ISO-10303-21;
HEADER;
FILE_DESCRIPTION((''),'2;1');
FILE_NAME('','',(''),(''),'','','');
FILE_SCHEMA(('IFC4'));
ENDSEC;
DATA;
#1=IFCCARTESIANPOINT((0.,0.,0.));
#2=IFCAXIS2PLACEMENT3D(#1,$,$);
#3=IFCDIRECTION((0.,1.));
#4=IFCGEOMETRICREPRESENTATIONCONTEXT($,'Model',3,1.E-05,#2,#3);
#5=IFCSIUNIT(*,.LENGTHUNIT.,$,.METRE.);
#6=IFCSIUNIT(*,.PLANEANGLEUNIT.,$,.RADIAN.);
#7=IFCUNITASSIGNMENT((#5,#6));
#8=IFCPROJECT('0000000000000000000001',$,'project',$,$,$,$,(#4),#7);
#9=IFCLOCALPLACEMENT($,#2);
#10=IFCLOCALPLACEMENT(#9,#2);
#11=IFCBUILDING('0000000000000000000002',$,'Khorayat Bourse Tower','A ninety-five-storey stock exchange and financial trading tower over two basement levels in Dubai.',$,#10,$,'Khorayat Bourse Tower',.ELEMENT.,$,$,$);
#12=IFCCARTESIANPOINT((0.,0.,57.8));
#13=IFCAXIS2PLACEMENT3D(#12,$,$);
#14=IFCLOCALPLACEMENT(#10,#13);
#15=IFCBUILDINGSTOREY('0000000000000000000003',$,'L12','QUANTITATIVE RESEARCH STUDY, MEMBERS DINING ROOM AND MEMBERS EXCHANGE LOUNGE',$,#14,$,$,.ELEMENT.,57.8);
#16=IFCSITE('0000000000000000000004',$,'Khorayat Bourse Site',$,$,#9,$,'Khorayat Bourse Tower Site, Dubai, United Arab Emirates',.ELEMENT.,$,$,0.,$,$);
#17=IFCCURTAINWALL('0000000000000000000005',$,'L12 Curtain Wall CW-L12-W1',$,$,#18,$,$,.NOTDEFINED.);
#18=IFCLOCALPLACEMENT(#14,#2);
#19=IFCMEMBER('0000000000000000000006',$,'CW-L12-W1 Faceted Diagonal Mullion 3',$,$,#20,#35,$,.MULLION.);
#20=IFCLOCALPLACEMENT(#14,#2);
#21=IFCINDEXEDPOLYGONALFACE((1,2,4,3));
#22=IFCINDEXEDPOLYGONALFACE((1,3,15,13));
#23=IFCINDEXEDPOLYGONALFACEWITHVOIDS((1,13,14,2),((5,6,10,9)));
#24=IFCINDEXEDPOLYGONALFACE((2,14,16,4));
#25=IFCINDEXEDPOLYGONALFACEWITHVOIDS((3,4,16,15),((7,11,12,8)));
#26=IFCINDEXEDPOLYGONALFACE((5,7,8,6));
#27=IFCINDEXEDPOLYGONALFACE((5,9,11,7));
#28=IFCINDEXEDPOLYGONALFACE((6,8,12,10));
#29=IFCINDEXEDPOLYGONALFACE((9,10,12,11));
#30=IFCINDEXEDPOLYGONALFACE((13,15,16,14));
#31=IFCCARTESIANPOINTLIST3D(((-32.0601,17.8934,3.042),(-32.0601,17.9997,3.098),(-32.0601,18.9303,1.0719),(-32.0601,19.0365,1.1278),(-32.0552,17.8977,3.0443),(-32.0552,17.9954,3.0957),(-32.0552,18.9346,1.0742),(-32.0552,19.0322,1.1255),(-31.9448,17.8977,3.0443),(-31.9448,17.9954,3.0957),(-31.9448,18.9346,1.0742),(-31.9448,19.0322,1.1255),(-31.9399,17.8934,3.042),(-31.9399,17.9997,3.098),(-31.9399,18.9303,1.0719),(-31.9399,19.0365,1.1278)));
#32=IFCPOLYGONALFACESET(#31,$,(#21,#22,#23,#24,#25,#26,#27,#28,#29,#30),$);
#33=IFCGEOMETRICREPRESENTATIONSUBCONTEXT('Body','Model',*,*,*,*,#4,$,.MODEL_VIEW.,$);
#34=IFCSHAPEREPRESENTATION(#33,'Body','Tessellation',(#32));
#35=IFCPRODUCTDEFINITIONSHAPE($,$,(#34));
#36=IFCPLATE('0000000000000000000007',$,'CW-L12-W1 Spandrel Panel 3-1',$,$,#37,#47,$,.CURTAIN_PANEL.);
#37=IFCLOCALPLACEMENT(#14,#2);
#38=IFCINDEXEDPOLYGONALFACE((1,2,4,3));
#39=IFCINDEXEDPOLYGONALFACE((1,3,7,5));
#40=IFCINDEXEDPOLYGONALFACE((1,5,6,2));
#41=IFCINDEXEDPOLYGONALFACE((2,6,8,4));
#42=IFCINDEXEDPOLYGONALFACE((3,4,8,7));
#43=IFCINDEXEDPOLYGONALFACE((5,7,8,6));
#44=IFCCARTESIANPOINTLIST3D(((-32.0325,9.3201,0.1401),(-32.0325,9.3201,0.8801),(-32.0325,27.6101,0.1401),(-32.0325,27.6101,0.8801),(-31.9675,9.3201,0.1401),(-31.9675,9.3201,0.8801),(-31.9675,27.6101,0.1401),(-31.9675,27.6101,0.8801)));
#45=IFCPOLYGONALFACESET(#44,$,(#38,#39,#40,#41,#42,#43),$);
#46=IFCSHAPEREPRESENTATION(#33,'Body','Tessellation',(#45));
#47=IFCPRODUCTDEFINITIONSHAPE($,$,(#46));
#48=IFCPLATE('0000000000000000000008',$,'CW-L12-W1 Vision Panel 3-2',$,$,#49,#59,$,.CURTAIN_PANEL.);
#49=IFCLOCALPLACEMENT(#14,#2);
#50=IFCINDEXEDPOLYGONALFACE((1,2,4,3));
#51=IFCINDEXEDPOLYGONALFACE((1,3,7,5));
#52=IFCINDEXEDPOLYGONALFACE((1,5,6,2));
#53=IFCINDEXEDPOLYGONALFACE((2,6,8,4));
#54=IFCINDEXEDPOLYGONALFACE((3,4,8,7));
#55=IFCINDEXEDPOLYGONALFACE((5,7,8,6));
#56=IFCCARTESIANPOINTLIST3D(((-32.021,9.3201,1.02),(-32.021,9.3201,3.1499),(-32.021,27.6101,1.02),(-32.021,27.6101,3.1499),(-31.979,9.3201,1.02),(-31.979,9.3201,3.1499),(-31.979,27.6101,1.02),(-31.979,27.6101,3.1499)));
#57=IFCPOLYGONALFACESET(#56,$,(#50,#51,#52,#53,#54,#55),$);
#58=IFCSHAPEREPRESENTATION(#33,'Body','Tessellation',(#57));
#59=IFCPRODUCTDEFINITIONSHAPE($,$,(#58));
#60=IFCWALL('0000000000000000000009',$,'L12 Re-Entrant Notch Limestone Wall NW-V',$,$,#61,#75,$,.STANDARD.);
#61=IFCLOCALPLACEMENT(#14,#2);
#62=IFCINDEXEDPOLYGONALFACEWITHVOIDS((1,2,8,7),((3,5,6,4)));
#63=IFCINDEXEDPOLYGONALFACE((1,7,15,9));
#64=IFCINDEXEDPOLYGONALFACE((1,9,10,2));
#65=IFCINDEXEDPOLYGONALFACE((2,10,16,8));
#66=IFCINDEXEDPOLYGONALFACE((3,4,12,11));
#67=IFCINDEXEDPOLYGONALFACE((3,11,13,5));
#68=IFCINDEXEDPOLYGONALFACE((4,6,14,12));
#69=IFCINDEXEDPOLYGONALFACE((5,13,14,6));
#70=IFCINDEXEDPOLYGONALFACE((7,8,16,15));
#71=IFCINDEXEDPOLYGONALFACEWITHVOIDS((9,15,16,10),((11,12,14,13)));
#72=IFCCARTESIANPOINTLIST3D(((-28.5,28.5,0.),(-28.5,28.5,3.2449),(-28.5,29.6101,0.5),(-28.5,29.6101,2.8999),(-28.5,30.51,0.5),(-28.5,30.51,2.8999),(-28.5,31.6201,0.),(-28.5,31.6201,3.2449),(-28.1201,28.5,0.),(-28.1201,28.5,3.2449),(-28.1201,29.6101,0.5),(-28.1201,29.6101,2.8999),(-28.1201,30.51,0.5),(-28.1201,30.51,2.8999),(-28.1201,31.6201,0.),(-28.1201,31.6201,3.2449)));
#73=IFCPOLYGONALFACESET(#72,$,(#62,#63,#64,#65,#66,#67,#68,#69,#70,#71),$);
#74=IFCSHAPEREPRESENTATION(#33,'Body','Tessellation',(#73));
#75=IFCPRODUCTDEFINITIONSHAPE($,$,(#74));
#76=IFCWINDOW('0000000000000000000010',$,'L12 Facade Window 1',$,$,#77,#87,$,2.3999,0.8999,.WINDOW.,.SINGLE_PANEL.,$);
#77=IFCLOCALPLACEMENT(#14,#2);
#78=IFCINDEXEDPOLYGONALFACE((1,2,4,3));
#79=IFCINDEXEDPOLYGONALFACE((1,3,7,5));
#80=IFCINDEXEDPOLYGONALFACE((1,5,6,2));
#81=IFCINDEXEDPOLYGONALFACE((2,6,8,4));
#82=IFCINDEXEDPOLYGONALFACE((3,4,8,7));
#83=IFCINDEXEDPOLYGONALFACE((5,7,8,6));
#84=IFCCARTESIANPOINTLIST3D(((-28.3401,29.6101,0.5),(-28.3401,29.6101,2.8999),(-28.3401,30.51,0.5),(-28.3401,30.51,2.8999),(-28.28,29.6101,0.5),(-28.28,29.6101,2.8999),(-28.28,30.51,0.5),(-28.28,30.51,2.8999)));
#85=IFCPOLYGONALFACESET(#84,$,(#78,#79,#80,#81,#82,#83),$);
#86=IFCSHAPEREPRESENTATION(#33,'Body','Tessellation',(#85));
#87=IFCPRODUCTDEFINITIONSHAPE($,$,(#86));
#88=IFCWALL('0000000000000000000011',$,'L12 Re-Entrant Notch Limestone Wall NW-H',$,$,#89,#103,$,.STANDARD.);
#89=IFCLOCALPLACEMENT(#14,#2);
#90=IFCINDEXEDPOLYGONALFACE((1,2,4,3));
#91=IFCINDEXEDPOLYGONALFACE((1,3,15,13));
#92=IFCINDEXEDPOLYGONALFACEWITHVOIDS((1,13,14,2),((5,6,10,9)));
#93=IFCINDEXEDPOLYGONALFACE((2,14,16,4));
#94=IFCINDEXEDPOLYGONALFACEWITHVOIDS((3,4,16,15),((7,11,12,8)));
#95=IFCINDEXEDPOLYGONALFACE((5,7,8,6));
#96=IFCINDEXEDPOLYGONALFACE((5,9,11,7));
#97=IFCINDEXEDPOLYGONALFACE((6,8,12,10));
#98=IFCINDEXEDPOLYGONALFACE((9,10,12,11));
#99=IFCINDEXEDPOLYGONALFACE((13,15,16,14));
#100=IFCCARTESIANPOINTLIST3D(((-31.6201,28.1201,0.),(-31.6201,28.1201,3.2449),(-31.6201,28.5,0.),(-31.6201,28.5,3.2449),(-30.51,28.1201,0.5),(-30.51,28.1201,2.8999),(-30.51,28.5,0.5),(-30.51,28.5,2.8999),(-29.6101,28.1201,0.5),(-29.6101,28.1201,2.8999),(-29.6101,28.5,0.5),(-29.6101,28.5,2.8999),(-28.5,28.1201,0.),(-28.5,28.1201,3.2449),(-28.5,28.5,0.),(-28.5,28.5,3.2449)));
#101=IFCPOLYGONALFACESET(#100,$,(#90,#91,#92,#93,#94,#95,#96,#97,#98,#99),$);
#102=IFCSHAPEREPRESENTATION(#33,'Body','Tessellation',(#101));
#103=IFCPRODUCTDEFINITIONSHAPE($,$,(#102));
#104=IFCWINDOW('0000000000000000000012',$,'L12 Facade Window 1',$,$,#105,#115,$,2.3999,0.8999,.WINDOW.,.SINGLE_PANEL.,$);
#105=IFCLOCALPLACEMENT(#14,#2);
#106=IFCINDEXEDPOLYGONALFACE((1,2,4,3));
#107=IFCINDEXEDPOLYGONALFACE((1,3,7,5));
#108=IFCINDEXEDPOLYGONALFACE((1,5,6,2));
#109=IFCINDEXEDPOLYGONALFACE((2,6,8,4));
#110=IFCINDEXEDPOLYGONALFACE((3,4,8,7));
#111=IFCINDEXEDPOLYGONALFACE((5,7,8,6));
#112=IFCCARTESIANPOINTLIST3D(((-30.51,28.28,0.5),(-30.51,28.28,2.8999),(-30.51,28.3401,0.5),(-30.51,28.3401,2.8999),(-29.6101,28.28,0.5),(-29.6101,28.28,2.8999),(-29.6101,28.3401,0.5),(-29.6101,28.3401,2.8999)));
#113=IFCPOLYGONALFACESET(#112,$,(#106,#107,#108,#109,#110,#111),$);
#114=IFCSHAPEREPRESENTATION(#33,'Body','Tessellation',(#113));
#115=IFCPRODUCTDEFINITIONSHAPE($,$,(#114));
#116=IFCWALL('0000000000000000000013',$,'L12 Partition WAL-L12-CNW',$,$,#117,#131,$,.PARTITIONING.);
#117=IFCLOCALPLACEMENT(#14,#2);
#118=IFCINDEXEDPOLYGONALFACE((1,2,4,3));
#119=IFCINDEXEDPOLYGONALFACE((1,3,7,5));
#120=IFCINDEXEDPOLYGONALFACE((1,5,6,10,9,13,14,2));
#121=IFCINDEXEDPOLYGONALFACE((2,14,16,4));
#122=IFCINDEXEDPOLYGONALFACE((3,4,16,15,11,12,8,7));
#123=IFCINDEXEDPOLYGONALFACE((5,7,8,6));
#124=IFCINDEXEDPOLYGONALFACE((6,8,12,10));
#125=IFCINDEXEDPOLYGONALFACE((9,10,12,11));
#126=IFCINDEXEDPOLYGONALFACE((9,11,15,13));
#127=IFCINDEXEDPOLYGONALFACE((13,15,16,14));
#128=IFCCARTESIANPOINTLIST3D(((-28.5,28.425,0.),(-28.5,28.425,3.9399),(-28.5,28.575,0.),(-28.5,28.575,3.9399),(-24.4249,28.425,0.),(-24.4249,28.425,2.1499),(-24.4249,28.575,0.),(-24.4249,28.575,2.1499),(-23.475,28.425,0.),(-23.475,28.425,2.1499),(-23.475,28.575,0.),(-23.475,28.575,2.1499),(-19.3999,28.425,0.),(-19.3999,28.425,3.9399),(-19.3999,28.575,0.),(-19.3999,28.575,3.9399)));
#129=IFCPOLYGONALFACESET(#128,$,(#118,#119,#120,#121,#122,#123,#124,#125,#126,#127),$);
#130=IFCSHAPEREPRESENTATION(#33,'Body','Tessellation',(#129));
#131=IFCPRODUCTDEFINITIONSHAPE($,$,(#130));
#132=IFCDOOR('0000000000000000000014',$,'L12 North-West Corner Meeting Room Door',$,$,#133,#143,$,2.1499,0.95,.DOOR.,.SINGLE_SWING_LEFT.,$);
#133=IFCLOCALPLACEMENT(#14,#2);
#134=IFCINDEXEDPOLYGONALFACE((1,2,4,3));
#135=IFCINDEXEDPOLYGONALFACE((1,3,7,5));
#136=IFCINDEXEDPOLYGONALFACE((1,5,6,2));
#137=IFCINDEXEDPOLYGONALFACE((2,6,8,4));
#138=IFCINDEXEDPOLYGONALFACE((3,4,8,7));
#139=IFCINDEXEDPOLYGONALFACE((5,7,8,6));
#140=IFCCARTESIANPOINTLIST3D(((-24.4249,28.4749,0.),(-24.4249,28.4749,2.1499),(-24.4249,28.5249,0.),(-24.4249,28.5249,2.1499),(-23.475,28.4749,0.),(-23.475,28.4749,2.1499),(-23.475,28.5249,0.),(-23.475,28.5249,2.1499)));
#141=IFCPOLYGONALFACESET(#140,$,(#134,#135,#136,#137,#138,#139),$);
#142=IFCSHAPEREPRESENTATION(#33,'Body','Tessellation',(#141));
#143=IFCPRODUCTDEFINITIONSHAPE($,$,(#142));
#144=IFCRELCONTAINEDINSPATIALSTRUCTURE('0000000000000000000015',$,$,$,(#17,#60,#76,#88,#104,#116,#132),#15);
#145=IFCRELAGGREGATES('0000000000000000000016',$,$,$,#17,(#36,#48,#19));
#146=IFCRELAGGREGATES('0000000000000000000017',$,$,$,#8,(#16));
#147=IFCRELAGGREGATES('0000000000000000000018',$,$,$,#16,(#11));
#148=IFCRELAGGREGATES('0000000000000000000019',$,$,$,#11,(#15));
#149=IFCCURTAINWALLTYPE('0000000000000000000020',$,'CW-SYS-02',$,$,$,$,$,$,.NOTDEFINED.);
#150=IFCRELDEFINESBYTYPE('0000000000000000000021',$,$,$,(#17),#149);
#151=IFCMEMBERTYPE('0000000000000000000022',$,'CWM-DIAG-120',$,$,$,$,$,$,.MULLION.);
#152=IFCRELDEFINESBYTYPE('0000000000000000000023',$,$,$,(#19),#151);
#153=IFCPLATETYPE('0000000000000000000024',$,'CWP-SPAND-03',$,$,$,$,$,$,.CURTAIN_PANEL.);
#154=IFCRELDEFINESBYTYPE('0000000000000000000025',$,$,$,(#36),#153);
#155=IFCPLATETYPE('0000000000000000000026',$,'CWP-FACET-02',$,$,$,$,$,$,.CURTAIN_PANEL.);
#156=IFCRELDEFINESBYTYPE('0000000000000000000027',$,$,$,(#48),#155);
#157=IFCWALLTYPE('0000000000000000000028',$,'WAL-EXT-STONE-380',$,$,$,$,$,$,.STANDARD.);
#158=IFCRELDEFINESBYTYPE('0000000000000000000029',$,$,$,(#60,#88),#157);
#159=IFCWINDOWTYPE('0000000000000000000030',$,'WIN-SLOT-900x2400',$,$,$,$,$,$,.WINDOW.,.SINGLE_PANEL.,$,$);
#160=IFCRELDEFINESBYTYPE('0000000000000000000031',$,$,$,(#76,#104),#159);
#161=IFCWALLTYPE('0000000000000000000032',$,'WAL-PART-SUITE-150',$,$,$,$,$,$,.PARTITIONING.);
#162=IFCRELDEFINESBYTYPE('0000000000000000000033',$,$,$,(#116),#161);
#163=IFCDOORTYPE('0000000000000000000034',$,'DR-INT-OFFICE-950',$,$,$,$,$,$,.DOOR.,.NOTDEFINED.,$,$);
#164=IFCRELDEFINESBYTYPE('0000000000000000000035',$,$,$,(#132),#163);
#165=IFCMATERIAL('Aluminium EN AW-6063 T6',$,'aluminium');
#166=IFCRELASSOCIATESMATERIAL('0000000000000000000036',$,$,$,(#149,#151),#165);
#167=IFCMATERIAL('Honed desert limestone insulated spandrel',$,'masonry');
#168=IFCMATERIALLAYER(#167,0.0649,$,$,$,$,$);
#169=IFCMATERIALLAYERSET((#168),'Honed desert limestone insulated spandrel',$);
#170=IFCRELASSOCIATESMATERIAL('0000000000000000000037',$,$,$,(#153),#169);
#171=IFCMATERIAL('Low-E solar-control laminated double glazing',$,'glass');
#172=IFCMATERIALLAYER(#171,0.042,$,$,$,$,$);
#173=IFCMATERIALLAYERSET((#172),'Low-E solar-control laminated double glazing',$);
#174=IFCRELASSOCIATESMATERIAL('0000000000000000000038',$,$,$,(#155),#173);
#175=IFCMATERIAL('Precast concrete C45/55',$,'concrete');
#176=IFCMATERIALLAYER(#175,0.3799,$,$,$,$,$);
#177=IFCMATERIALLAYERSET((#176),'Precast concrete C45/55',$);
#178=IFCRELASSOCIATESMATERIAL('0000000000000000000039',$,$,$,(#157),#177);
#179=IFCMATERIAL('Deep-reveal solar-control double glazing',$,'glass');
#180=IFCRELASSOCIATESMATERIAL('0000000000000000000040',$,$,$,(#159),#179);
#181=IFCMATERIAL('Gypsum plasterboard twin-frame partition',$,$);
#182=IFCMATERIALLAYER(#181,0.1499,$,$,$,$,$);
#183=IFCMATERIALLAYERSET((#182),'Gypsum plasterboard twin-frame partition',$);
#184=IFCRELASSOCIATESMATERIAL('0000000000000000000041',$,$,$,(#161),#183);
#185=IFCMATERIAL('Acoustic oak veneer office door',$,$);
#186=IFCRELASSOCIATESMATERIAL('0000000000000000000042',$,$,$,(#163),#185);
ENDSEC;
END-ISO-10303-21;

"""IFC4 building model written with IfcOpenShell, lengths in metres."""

from ifc_helpers import new_model, si_unit, direction, frame, frame_2d, origin, origin_2d, place, context, subcontext, project, spatial, rectangle, hollow_rectangle, extrude, source, transform, mapped, material, layer, layer_set, material_profile, profile_set, type_object, element, fill, aggregate, save


model = new_model("IFC4")

# Units and contexts
model_context = context("Model", 3, precision=1e-05, world=origin(), true_north=direction((0.0, 1.0)))
body_context = subcontext(model_context, "Body", "Model", "MODEL_VIEW")
ifc_project = project(units=[si_unit("LENGTHUNIT", "METRE"), si_unit("PLANEANGLEUNIT", "RADIAN")], contexts=[model_context])

# Site, building, storey
site_placement = place(None, origin())
site = spatial("IfcSite", under=ifc_project, at=site_placement, Name="Khorayat Bourse Site", LongName="Khorayat Bourse Tower Site, Dubai, United Arab Emirates", CompositionType="ELEMENT", RefElevation=0.0)
building_placement = place(site_placement, origin())
building = spatial("IfcBuilding", under=site, at=building_placement, Name="Khorayat Bourse Tower", Description="A ninety-five-storey stock exchange and financial trading tower over two basement levels in Dubai.", LongName="Khorayat Bourse Tower", CompositionType="ELEMENT")
storey_placement = place(building_placement, frame((0.0, 0.0, 57.8)))
storey = spatial("IfcBuildingStorey", under=building, at=storey_placement, Name="L12", Description="QUANTITATIVE RESEARCH STUDY, MEMBERS DINING ROOM AND MEMBERS EXCHANGE LOUNGE", CompositionType="ELEMENT", Elevation=57.8)

# Shared definitions
ifc_material_1 = material(Name="Aluminium EN AW-6063 T6", Category="aluminium")
curtain_wall_type = type_object("IfcCurtainWallType", Name="CW-SYS-02", PredefinedType="NOTDEFINED", material=ifc_material_1)

# Curtain wall, member, plates
curtain_wall_1_placement = place(storey_placement, origin())
curtain_wall_1 = element("IfcCurtainWall", 1, at=curtain_wall_1_placement, inside=storey, type_object=curtain_wall_type, Name="L12 Curtain Wall CW-L12-W1", PredefinedType="NOTDEFINED")
ifc_material_profile_1 = material_profile(ifc_material_1, hollow_rectangle(XDim=0.1201, YDim=0.1201, WallThickness=0.0049, at=origin_2d()), Name="ALU 120x120x5")
ifc_profile_set_1 = profile_set([ifc_material_profile_1], Name="Aluminium EN AW-6063 T6")
member_type_1 = type_object("IfcMemberType", Name="CWM-DIAG-120", PredefinedType="MULLION", material=ifc_profile_set_1)
shared_shape_1 = source(origin(), body_context, "Body", "SweptSolid", [
    extrude(hollow_rectangle(XDim=0.1201, YDim=0.1201, WallThickness=0.0049, at=origin_2d()), origin(), (0.0, 0.0, 1.0), 2.2263),
])
member_1_placement = place(storey_placement, frame((-32.0, 18.9834, 1.0999), z_axis=(0.0, -0.465715, 0.884935), x_axis=(1.0, 0.0, 0.0)))
member_1 = element("IfcMember", 2, at=member_1_placement, type_object=member_type_1, Name="CW-L12-W1 Faceted Diagonal Mullion 3", PredefinedType="MULLION", context=body_context, shape_type="MappedRepresentation", body=[
    mapped(shared_shape_1, transform((0.0, 0.0, 0.0), scale=1.0)),
])
ifc_material_2 = material(Name="Honed desert limestone insulated spandrel", Category="masonry")
ifc_layer_1 = layer(ifc_material_2, 0.0649)
ifc_layer_set_1 = layer_set([ifc_layer_1], Name="Honed desert limestone insulated spandrel")
plate_type_1 = type_object("IfcPlateType", Name="CWP-SPAND-03", PredefinedType="CURTAIN_PANEL", material=ifc_layer_set_1)
shared_shape_2 = source(origin(), body_context, "Body", "SweptSolid", [
    extrude(rectangle(XDim=18.29, YDim=0.0649, at=origin_2d()), origin(), (0.0, 0.0, 1.0), 0.74),
])
plate_1_placement = place(storey_placement, frame((-32.0, 18.4651, 0.1401), z_axis=(0.0, 0.0, 1.0), x_axis=(0.0, 1.0, 0.0)))
plate_1 = element("IfcPlate", 3, at=plate_1_placement, type_object=plate_type_1, Name="CW-L12-W1 Spandrel Panel 3-1", PredefinedType="CURTAIN_PANEL", context=body_context, shape_type="MappedRepresentation", body=[
    mapped(shared_shape_2, transform((0.0, 0.0, 0.0), scale=1.0)),
])
ifc_material_3 = material(Name="Low-E solar-control laminated double glazing", Category="glass")
ifc_layer_2 = layer(ifc_material_3, 0.042)
ifc_layer_set_2 = layer_set([ifc_layer_2], Name="Low-E solar-control laminated double glazing")
plate_type_2 = type_object("IfcPlateType", Name="CWP-FACET-02", PredefinedType="CURTAIN_PANEL", material=ifc_layer_set_2)
shared_shape_3 = source(origin(), body_context, "Body", "SweptSolid", [
    extrude(rectangle(XDim=18.29, YDim=0.042, at=origin_2d()), origin(), (0.0, 0.0, 1.0), 2.1299),
])
plate_2_placement = place(storey_placement, frame((-32.0, 18.4651, 1.02), z_axis=(0.0, 0.0, 1.0), x_axis=(0.0, 1.0, 0.0)))
plate_2 = element("IfcPlate", 4, at=plate_2_placement, type_object=plate_type_2, Name="CW-L12-W1 Vision Panel 3-2", PredefinedType="CURTAIN_PANEL", context=body_context, shape_type="MappedRepresentation", body=[
    mapped(shared_shape_3, transform((0.0, 0.0, 0.0), scale=1.0)),
])
aggregate(curtain_wall_1, [plate_1, plate_2, member_1])

# Walls, openings, windows
ifc_material_4 = material(Name="Precast concrete C45/55", Category="concrete")
ifc_layer_3 = layer(ifc_material_4, 0.3799)
ifc_layer_set_3 = layer_set([ifc_layer_3], Name="Precast concrete C45/55")
wall_type_1 = type_object("IfcWallType", Name="WAL-EXT-STONE-380", PredefinedType="STANDARD", material=ifc_layer_set_3)
shared_shape_4 = source(origin(), body_context, "Body", "SweptSolid", [
    extrude(rectangle(XDim=3.1201, YDim=0.3799, at=frame_2d((1.5601, 0.0))), origin(), (0.0, 0.0, 1.0), 3.2449),
])
wall_1_placement = place(storey_placement, frame((-28.3101, 28.5, 0.0), z_axis=(0.0, 0.0, 1.0), x_axis=(0.0, 1.0, 0.0)))
wall_1 = element("IfcWall", 5, at=wall_1_placement, inside=storey, type_object=wall_type_1, Name="L12 Re-Entrant Notch Limestone Wall NW-V", PredefinedType="STANDARD", context=body_context, shape_type="MappedRepresentation", body=[
    mapped(shared_shape_4, transform((0.0, 0.0, 0.0), scale=1.0)),
])
shared_shape_5 = source(origin(), body_context, "Body", "SweptSolid", [
    extrude(rectangle(XDim=0.8999, YDim=2.3999, at=frame_2d((0.45, 1.2))), frame((0.0, 0.2, 0.0), z_axis=(0.0, -1.0, 0.0), x_axis=(1.0, 0.0, 0.0)), (0.0, 0.0, 1.0), 0.3999),
])
opening_1_placement = place(wall_1_placement, frame((1.1101, 0.0, 0.5)))
opening_1 = element("IfcOpeningElement", 6, at=opening_1_placement, cuts=wall_1, PredefinedType="OPENING", context=body_context, shape_type="MappedRepresentation", body=[
    mapped(shared_shape_5, transform((0.0, 0.0, 0.0), scale=1.0)),
])
ifc_material_5 = material(Name="Deep-reveal solar-control double glazing", Category="glass")
window_type = type_object("IfcWindowType", Name="WIN-SLOT-900x2400", PartitioningType="SINGLE_PANEL", PredefinedType="WINDOW", material=ifc_material_5)
shared_shape_6 = source(origin(), body_context, "Body", "SweptSolid", [
    extrude(rectangle(XDim=0.8999, YDim=2.3999, at=frame_2d((0.45, 1.2))), frame((0.0, 0.03, 0.0), z_axis=(0.0, -1.0, 0.0), x_axis=(1.0, 0.0, 0.0)), (0.0, 0.0, 1.0), 0.0601),
])
window_1_placement = place(opening_1_placement, origin())
window_1 = element("IfcWindow", 7, at=window_1_placement, inside=storey, type_object=window_type, Name="L12 Facade Window 1", OverallHeight=2.3999, OverallWidth=0.8999, PartitioningType="SINGLE_PANEL", PredefinedType="WINDOW", context=body_context, shape_type="MappedRepresentation", body=[
    mapped(shared_shape_6, transform((0.0, 0.0, 0.0), scale=1.0)),
])
fill(opening_1, window_1)
wall_2_placement = place(storey_placement, frame((-28.5, 28.3101, 0.0), z_axis=(0.0, 0.0, 1.0), x_axis=(-1.0, 0.0, 0.0)))
wall_2 = element("IfcWall", 8, at=wall_2_placement, inside=storey, type_object=wall_type_1, Name="L12 Re-Entrant Notch Limestone Wall NW-H", PredefinedType="STANDARD", context=body_context, shape_type="MappedRepresentation", body=[
    mapped(shared_shape_4, transform((0.0, 0.0, 0.0), scale=1.0)),
])
opening_2_placement = place(wall_2_placement, frame((1.1101, 0.0, 0.5)))
opening_2 = element("IfcOpeningElement", 9, at=opening_2_placement, cuts=wall_2, PredefinedType="OPENING", context=body_context, shape_type="MappedRepresentation", body=[
    mapped(shared_shape_5, transform((0.0, 0.0, 0.0), scale=1.0)),
])
window_2_placement = place(opening_2_placement, origin())
window_2 = element("IfcWindow", 10, at=window_2_placement, inside=storey, type_object=window_type, Name="L12 Facade Window 1", OverallHeight=2.3999, OverallWidth=0.8999, PartitioningType="SINGLE_PANEL", PredefinedType="WINDOW", context=body_context, shape_type="MappedRepresentation", body=[
    mapped(shared_shape_6, transform((0.0, 0.0, 0.0), scale=1.0)),
])
fill(opening_2, window_2)

# Wall, opening, door
ifc_material_6 = material(Name="Gypsum plasterboard twin-frame partition")
ifc_layer_4 = layer(ifc_material_6, 0.1499)
ifc_layer_set_4 = layer_set([ifc_layer_4], Name="Gypsum plasterboard twin-frame partition")
wall_type_2 = type_object("IfcWallType", Name="WAL-PART-SUITE-150", PredefinedType="PARTITIONING", material=ifc_layer_set_4)
shared_shape_7 = source(origin(), body_context, "Body", "SweptSolid", [
    extrude(rectangle(XDim=9.1001, YDim=0.1499, at=frame_2d((4.55, 0.0))), origin(), (0.0, 0.0, 1.0), 3.9399),
])
wall_3_placement = place(storey_placement, frame((-28.5, 28.5, 0.0), z_axis=(0.0, 0.0, 1.0), x_axis=(1.0, 0.0, 0.0)))
wall_3 = element("IfcWall", 11, at=wall_3_placement, inside=storey, type_object=wall_type_2, Name="L12 Partition WAL-L12-CNW", PredefinedType="PARTITIONING", context=body_context, shape_type="MappedRepresentation", body=[
    mapped(shared_shape_7, transform((0.0, 0.0, 0.0), scale=1.0)),
])
shared_shape_8 = source(origin(), body_context, "Body", "SweptSolid", [
    extrude(rectangle(XDim=0.95, YDim=2.1499, at=frame_2d((0.4751, 1.075))), frame((0.0, 0.085, 0.0), z_axis=(0.0, -1.0, 0.0), x_axis=(1.0, 0.0, 0.0)), (0.0, 0.0, 1.0), 0.1699),
])
opening_3_placement = place(wall_3_placement, frame((4.075, 0.0, 0.0)))
opening_3 = element("IfcOpeningElement", 12, at=opening_3_placement, cuts=wall_3, PredefinedType="OPENING", context=body_context, shape_type="MappedRepresentation", body=[
    mapped(shared_shape_8, transform((0.0, 0.0, 0.0), scale=1.0)),
])
ifc_material_7 = material(Name="Acoustic oak veneer office door")
door_type = type_object("IfcDoorType", Name="DR-INT-OFFICE-950", OperationType="NOTDEFINED", PredefinedType="DOOR", material=ifc_material_7)
shared_shape_9 = source(origin(), body_context, "Body", "SweptSolid", [
    extrude(rectangle(XDim=0.95, YDim=2.1499, at=frame_2d((0.4751, 1.075))), frame((0.0, 0.0249, 0.0), z_axis=(0.0, -1.0, 0.0), x_axis=(1.0, 0.0, 0.0)), (0.0, 0.0, 1.0), 0.05),
])
door_placement = place(opening_3_placement, origin())
door = element("IfcDoor", 13, at=door_placement, inside=storey, type_object=door_type, Name="L12 North-West Corner Meeting Room Door", OperationType="SINGLE_SWING_LEFT", OverallHeight=2.1499, OverallWidth=0.95, PredefinedType="DOOR", context=body_context, shape_type="MappedRepresentation", body=[
    mapped(shared_shape_9, transform((0.0, 0.0, 0.0), scale=1.0)),
])
fill(opening_3, door)

save(model, "model.ifc")
